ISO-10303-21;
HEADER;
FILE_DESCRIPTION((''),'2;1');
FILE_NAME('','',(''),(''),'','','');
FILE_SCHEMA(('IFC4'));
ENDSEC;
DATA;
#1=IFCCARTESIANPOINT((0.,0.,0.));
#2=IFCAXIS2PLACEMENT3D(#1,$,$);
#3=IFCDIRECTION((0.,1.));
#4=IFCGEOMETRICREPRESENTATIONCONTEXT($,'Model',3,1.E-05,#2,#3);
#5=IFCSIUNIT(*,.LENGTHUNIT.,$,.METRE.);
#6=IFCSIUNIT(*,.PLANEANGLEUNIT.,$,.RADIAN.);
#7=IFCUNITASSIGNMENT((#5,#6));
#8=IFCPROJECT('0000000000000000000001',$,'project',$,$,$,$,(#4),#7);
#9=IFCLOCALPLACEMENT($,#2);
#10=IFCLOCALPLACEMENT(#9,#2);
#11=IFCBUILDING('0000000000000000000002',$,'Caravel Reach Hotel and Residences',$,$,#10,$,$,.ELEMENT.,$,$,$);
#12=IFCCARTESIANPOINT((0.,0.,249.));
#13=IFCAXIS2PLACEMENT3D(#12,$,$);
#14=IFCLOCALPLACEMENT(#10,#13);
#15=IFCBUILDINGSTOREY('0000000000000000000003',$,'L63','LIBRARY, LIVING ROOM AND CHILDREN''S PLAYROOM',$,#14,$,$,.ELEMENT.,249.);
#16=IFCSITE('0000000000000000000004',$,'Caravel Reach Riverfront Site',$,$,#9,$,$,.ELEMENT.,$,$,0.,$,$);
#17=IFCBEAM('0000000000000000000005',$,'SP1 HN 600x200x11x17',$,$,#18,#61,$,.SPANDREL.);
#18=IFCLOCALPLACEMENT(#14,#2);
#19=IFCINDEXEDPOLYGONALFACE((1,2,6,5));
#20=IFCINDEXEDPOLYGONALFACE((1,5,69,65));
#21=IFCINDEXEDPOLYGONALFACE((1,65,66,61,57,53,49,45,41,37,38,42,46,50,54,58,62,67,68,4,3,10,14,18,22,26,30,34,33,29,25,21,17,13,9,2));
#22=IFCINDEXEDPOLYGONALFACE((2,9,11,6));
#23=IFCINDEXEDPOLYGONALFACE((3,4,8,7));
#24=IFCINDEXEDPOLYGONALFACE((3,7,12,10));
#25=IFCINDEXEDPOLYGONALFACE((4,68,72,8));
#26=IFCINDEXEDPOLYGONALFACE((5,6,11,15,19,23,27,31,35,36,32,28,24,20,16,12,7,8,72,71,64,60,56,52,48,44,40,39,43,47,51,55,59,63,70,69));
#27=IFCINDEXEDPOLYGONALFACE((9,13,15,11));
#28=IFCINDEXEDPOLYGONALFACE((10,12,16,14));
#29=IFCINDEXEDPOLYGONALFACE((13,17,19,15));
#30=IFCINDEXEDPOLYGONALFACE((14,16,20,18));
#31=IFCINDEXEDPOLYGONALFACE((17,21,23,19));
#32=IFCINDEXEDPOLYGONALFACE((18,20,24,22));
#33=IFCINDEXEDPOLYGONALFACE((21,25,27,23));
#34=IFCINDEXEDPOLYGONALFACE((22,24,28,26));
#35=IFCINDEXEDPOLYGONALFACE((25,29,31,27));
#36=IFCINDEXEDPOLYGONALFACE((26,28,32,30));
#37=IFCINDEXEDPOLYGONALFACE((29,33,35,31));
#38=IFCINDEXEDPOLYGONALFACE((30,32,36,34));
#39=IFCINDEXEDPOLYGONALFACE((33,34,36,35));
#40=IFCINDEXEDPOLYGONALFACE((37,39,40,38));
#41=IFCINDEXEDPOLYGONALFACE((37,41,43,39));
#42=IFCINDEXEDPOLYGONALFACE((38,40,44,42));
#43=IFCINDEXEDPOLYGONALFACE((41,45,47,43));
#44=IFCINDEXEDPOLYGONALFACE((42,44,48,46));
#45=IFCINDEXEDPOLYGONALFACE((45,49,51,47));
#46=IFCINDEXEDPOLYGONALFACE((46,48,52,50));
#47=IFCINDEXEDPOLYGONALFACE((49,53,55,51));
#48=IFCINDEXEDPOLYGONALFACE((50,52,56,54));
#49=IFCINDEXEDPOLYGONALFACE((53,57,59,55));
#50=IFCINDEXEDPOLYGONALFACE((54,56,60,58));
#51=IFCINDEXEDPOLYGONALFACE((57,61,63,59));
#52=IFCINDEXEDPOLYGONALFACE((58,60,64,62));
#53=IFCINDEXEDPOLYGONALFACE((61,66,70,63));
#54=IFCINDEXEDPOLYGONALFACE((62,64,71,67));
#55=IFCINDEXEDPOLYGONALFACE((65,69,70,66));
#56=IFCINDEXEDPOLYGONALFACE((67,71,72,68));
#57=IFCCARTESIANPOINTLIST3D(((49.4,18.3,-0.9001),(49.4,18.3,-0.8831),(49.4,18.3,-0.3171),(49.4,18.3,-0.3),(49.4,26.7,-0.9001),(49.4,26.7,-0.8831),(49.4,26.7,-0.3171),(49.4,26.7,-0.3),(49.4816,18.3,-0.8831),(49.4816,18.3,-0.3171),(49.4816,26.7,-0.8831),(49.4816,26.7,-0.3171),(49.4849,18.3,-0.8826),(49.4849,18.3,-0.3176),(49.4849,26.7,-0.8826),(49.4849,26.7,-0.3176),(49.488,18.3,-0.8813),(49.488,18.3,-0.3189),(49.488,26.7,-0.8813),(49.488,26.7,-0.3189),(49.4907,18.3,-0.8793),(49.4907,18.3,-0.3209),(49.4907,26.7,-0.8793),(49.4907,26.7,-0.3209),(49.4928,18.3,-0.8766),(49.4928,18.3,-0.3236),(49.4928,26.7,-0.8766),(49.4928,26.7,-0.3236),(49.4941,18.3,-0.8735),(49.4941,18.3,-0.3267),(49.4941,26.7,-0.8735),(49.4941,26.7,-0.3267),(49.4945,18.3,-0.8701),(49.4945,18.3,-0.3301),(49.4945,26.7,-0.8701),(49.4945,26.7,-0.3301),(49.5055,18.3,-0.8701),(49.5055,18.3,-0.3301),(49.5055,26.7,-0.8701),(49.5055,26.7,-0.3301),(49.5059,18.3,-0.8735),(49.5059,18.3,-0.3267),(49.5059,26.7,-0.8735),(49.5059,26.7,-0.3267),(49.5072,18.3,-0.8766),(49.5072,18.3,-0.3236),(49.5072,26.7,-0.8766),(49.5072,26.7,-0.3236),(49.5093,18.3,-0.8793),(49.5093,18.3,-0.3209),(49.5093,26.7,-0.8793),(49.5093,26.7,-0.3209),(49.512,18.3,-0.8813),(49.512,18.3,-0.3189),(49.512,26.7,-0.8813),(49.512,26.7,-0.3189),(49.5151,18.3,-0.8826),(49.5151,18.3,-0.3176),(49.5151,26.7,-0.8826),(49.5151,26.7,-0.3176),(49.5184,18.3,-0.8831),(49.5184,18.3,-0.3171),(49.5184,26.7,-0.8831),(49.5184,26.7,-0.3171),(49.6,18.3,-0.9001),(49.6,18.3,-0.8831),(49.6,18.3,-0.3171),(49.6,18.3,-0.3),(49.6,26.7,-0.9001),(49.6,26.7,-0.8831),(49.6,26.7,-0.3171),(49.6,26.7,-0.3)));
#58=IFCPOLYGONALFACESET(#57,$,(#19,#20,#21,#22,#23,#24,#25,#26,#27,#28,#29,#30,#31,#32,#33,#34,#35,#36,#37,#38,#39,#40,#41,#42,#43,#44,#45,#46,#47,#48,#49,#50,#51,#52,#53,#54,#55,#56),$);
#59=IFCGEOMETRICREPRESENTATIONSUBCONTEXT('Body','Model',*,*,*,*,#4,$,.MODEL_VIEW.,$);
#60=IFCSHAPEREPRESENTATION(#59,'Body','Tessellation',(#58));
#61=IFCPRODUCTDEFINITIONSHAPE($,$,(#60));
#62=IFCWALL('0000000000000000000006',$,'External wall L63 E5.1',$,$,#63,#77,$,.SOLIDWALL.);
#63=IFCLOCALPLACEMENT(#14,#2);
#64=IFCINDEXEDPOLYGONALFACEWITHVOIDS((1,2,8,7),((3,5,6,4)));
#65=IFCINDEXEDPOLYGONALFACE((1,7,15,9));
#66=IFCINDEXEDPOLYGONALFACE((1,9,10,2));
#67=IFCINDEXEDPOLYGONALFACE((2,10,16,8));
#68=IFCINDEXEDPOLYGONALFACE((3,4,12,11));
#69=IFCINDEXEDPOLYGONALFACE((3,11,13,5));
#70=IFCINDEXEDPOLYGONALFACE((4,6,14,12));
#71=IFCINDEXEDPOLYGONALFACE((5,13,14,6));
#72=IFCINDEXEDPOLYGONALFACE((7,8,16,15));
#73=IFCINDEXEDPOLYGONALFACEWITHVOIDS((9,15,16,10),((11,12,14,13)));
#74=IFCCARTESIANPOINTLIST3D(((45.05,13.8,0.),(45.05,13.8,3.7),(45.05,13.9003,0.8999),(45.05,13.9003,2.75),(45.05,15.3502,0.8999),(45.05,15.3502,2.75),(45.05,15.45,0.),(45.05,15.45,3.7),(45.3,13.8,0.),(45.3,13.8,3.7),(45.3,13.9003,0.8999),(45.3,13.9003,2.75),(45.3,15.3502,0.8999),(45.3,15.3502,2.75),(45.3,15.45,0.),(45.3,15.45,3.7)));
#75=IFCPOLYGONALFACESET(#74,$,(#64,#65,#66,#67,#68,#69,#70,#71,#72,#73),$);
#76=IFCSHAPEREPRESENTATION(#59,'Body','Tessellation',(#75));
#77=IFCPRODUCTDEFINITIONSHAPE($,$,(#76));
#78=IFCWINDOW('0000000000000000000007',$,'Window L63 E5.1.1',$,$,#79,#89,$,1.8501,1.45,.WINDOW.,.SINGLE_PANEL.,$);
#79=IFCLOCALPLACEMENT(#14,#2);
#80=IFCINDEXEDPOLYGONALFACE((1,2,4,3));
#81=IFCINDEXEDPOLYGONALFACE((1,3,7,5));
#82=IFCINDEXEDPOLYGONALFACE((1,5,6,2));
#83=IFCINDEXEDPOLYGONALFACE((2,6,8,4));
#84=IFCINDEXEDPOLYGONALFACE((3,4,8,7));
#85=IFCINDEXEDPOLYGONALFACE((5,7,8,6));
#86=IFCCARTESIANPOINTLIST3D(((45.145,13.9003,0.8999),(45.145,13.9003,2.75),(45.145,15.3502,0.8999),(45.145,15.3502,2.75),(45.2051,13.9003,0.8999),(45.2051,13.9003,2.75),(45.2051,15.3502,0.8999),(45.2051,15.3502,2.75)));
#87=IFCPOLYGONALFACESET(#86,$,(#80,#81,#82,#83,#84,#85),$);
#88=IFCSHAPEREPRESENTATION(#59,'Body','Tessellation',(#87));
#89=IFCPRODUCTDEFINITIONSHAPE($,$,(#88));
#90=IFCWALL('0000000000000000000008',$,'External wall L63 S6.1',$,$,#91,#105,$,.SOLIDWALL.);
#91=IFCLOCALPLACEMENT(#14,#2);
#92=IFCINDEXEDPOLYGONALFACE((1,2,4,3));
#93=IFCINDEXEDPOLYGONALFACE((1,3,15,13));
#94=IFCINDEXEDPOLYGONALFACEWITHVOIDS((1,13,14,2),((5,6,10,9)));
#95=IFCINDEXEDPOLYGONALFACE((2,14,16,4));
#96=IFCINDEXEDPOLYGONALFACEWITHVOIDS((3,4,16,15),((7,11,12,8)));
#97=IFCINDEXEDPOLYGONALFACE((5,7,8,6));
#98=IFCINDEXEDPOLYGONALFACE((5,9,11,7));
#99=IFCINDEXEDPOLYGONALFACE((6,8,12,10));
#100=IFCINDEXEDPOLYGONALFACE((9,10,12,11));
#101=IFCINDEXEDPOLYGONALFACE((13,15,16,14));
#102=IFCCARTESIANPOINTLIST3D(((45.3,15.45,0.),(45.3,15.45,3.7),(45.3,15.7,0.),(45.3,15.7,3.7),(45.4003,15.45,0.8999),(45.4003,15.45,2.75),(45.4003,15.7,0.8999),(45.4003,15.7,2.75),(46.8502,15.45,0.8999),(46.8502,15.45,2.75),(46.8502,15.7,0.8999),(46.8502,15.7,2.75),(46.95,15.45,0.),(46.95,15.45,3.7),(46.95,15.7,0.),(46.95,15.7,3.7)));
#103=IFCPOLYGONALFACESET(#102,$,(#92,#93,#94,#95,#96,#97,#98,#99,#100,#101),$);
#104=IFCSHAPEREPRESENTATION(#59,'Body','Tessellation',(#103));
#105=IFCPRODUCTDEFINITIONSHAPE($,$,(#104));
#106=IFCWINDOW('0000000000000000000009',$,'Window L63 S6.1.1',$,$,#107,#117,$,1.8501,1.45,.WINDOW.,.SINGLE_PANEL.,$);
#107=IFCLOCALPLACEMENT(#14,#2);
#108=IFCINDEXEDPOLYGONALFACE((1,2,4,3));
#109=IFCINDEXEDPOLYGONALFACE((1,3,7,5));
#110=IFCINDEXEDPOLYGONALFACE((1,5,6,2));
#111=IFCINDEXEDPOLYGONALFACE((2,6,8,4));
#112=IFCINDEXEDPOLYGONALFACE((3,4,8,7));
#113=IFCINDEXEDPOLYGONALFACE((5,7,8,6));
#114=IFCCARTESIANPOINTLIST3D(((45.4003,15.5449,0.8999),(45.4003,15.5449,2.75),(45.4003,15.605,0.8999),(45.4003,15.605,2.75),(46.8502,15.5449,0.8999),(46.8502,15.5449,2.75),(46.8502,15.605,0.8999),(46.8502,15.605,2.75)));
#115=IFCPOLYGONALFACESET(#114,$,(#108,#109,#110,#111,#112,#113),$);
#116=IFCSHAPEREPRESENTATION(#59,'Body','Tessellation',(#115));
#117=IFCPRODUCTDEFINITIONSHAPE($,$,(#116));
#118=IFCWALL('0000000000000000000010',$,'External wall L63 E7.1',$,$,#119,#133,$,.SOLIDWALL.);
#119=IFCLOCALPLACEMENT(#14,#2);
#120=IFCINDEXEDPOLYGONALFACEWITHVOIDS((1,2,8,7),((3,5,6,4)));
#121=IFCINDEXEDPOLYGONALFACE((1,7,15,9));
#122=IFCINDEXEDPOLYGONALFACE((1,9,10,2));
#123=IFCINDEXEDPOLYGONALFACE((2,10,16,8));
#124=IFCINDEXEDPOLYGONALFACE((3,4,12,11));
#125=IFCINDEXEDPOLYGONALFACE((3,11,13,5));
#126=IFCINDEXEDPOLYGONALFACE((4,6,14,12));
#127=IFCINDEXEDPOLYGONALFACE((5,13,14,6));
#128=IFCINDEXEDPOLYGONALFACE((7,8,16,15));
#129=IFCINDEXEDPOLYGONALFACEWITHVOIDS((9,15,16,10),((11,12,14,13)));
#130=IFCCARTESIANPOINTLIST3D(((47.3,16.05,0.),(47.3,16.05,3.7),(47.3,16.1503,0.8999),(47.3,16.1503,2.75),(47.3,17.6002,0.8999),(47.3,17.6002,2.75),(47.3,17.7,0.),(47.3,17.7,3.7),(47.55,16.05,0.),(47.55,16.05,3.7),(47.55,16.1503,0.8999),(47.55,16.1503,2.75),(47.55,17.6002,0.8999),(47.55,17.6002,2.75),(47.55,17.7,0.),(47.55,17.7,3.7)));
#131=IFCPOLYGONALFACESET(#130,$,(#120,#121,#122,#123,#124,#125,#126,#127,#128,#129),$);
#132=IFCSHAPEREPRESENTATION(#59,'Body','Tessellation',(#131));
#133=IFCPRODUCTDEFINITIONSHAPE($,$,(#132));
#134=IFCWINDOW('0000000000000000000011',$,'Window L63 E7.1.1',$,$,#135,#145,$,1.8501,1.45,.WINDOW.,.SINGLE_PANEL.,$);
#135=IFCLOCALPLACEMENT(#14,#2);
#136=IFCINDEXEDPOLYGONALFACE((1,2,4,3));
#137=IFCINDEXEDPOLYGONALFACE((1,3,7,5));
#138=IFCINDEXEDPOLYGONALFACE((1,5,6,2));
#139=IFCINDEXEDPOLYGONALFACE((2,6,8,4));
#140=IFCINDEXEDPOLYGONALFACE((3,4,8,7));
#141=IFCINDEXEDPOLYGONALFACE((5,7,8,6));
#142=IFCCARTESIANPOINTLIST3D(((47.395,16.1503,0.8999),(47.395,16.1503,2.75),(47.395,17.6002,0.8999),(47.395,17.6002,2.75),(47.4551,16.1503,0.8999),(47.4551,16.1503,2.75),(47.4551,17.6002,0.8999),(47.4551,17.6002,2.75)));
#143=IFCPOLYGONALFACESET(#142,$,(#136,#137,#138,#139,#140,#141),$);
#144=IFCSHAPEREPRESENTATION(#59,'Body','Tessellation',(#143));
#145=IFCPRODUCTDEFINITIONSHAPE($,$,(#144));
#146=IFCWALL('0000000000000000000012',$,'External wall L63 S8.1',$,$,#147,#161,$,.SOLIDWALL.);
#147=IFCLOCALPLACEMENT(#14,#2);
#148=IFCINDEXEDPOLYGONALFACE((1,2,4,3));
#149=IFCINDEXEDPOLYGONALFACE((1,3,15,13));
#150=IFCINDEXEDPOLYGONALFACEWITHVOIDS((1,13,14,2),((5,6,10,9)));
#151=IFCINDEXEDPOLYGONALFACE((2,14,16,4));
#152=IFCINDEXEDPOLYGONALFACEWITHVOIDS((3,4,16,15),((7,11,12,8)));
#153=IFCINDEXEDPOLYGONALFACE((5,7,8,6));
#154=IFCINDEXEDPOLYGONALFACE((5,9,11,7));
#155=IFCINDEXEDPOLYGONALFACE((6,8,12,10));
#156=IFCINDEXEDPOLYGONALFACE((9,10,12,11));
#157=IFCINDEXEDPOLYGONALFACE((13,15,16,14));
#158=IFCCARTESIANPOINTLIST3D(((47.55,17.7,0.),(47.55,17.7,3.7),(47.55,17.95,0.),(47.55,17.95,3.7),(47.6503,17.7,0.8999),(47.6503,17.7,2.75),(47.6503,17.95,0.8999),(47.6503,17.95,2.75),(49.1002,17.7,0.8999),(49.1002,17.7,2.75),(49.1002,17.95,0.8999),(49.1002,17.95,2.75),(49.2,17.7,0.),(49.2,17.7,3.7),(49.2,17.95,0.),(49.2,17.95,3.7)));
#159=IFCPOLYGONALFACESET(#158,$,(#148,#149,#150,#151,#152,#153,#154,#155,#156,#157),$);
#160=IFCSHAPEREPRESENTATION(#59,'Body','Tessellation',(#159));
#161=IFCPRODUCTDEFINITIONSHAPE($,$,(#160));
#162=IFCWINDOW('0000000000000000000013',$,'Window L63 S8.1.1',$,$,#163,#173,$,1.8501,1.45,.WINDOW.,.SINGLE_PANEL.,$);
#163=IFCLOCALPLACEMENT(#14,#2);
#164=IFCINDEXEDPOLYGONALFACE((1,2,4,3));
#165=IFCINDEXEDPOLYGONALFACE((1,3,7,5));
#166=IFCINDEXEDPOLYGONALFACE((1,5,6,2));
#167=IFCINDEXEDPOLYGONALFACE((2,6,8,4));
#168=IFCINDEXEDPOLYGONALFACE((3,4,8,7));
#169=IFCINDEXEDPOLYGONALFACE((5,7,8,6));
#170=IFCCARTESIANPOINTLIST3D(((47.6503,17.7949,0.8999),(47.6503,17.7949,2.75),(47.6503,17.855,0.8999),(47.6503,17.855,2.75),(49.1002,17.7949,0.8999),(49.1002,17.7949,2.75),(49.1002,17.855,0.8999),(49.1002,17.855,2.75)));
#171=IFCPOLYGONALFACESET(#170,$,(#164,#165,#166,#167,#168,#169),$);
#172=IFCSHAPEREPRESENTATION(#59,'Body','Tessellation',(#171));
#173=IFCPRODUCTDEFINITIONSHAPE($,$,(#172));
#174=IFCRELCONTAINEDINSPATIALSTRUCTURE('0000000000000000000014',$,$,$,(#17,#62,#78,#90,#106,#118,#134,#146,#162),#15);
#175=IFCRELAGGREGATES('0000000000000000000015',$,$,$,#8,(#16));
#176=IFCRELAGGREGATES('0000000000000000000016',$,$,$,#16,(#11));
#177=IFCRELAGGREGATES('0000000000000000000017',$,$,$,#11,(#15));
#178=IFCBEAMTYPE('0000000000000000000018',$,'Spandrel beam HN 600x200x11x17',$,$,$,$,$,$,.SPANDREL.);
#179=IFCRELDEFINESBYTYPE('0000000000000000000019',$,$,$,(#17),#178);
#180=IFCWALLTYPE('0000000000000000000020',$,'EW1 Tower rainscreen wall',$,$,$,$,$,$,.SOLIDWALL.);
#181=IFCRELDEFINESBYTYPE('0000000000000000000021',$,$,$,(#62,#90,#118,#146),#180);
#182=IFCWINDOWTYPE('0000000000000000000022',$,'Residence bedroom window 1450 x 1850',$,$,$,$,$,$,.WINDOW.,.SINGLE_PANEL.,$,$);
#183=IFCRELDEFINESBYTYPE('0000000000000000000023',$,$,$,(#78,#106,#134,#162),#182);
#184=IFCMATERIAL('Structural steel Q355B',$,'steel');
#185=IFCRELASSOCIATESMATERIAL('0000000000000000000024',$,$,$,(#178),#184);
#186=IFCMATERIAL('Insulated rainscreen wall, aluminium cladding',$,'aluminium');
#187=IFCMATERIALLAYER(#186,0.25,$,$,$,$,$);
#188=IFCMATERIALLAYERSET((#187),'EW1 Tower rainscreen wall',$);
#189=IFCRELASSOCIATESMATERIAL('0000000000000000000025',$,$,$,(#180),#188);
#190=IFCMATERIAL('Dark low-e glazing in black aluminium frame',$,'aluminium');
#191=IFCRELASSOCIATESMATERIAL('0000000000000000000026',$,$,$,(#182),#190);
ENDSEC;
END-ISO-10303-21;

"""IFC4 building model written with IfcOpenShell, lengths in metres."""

from ifc_helpers import new_model, si_unit, direction, frame, frame_2d, origin, origin_2d, place, context, subcontext, project, spatial, rectangle, i_section, extrude, material, layer, layer_set, material_profile, profile_set, type_object, element, fill, save


model = new_model("IFC4")

# Units and contexts
model_context = context("Model", 3, precision=1e-05, world=origin(), true_north=direction((0.0, 1.0)))
body_context = subcontext(model_context, "Body", "Model", "MODEL_VIEW")
ifc_project = project(units=[si_unit("LENGTHUNIT", "METRE"), si_unit("PLANEANGLEUNIT", "RADIAN")], contexts=[model_context])

# Site, building, storey
site_placement = place(None, origin())
site = spatial("IfcSite", under=ifc_project, at=site_placement, Name="Caravel Reach Riverfront Site", CompositionType="ELEMENT", RefElevation=0.0)
building_placement = place(site_placement, origin())
building = spatial("IfcBuilding", under=site, at=building_placement, Name="Caravel Reach Hotel and Residences", CompositionType="ELEMENT")
storey_placement = place(building_placement, frame((0.0, 0.0, 249.0)))
storey = spatial("IfcBuildingStorey", under=building, at=storey_placement, Name="L63", Description="LIBRARY, LIVING ROOM AND CHILDREN'S PLAYROOM", CompositionType="ELEMENT", Elevation=249.0)

# Beam
ifc_material_1 = material(Name="Structural steel Q355B", Category="steel")
ifc_material_profile_1 = material_profile(ifc_material_1, i_section(OverallWidth=0.2, OverallDepth=0.6001, WebThickness=0.011, FlangeThickness=0.0171, FilletRadius=0.0129, at=origin_2d()), Name="HN 600x200x11x17")
ifc_profile_set_1 = profile_set([ifc_material_profile_1], Name="Structural steel Q355B")
beam_type = type_object("IfcBeamType", Name="Spandrel beam HN 600x200x11x17", PredefinedType="SPANDREL", material=ifc_profile_set_1)
beam_placement = place(storey_placement, frame((49.5, 18.3, -0.6001), z_axis=(0.0, 1.0, 0.0), x_axis=(-1.0, 0.0, 0.0)))
element("IfcBeam", 1, at=beam_placement, inside=storey, type_object=beam_type, Name="SP1 HN 600x200x11x17", PredefinedType="SPANDREL", context=body_context, shape_type="SweptSolid", body=[
    extrude(i_section(OverallWidth=0.2, OverallDepth=0.6001, WebThickness=0.011, FlangeThickness=0.0171, FilletRadius=0.0129, at=origin_2d()), origin(), (0.0, 0.0, 1.0), 8.3999),
])

# Walls, openings, windows
ifc_material_2 = material(Name="Insulated rainscreen wall, aluminium cladding", Category="aluminium")
ifc_layer = layer(ifc_material_2, 0.25)
ifc_layer_set = layer_set([ifc_layer], Name="EW1 Tower rainscreen wall")
wall_type = type_object("IfcWallType", Name="EW1 Tower rainscreen wall", PredefinedType="SOLIDWALL", material=ifc_layer_set)
wall_1_placement = place(storey_placement, frame((45.175, 13.8, 0.0), z_axis=(0.0, 0.0, 1.0), x_axis=(0.0, 1.0, 0.0)))
wall_1 = element("IfcWall", 2, at=wall_1_placement, inside=storey, type_object=wall_type, Name="External wall L63 E5.1", PredefinedType="SOLIDWALL", context=body_context, shape_type="SweptSolid", body=[
    extrude(rectangle(XDim=1.6499, YDim=0.25, at=frame_2d((0.825, 0.0))), origin(), (0.0, 0.0, 1.0), 3.7),
])
opening_1_placement = place(wall_1_placement, frame((0.1001, 0.0, 0.8999)))
opening_1 = element("IfcOpeningElement", 3, at=opening_1_placement, cuts=wall_1, PredefinedType="OPENING", context=body_context, shape_type="SweptSolid", body=[
    extrude(rectangle(XDim=1.45, YDim=1.8501, at=frame_2d((0.7251, 0.925))), frame((0.0, 0.135, 0.0), z_axis=(0.0, -1.0, 0.0), x_axis=(1.0, 0.0, 0.0)), (0.0, 0.0, 1.0), 0.27),
])
ifc_material_3 = material(Name="Dark low-e glazing in black aluminium frame", Category="aluminium")
window_type_1 = type_object("IfcWindowType", Name="Residence bedroom window 1450 x 1850", PartitioningType="SINGLE_PANEL", PredefinedType="WINDOW", material=ifc_material_3)
window_1_placement = place(opening_1_placement, origin())
window_1 = element("IfcWindow", 4, at=window_1_placement, inside=storey, type_object=window_type_1, Name="Window L63 E5.1.1", OverallHeight=1.8501, OverallWidth=1.45, PartitioningType="SINGLE_PANEL", PredefinedType="WINDOW", context=body_context, shape_type="SweptSolid", body=[
    extrude(rectangle(XDim=1.45, YDim=1.8501, at=frame_2d((0.7251, 0.925))), frame((0.0, 0.03, 0.0), z_axis=(0.0, -1.0, 0.0), x_axis=(1.0, 0.0, 0.0)), (0.0, 0.0, 1.0), 0.0601),
])
fill(opening_1, window_1)
wall_2_placement = place(storey_placement, frame((45.3, 15.575, 0.0), z_axis=(0.0, 0.0, 1.0), x_axis=(1.0, 0.0, 0.0)))
wall_2 = element("IfcWall", 5, at=wall_2_placement, inside=storey, type_object=wall_type, Name="External wall L63 S6.1", PredefinedType="SOLIDWALL", context=body_context, shape_type="SweptSolid", body=[
    extrude(rectangle(XDim=1.6499, YDim=0.25, at=frame_2d((0.825, 0.0))), origin(), (0.0, 0.0, 1.0), 3.7),
])
opening_2_placement = place(wall_2_placement, frame((0.1001, 0.0, 0.8999)))
opening_2 = element("IfcOpeningElement", 6, at=opening_2_placement, cuts=wall_2, PredefinedType="OPENING", context=body_context, shape_type="SweptSolid", body=[
    extrude(rectangle(XDim=1.45, YDim=1.8501, at=frame_2d((0.7251, 0.925))), frame((0.0, 0.135, 0.0), z_axis=(0.0, -1.0, 0.0), x_axis=(1.0, 0.0, 0.0)), (0.0, 0.0, 1.0), 0.27),
])
window_2_placement = place(opening_2_placement, origin())
window_2 = element("IfcWindow", 7, at=window_2_placement, inside=storey, type_object=window_type_1, Name="Window L63 S6.1.1", OverallHeight=1.8501, OverallWidth=1.45, PartitioningType="SINGLE_PANEL", PredefinedType="WINDOW", context=body_context, shape_type="SweptSolid", body=[
    extrude(rectangle(XDim=1.45, YDim=1.8501, at=frame_2d((0.7251, 0.925))), frame((0.0, 0.03, 0.0), z_axis=(0.0, -1.0, 0.0), x_axis=(1.0, 0.0, 0.0)), (0.0, 0.0, 1.0), 0.0601),
])
fill(opening_2, window_2)
wall_3_placement = place(storey_placement, frame((47.425, 16.05, 0.0), z_axis=(0.0, 0.0, 1.0), x_axis=(0.0, 1.0, 0.0)))
wall_3 = element("IfcWall", 8, at=wall_3_placement, inside=storey, type_object=wall_type, Name="External wall L63 E7.1", PredefinedType="SOLIDWALL", context=body_context, shape_type="SweptSolid", body=[
    extrude(rectangle(XDim=1.6499, YDim=0.25, at=frame_2d((0.825, 0.0))), origin(), (0.0, 0.0, 1.0), 3.7),
])
opening_3_placement = place(wall_3_placement, frame((0.1001, 0.0, 0.8999)))
opening_3 = element("IfcOpeningElement", 9, at=opening_3_placement, cuts=wall_3, PredefinedType="OPENING", context=body_context, shape_type="SweptSolid", body=[
    extrude(rectangle(XDim=1.45, YDim=1.8501, at=frame_2d((0.7251, 0.925))), frame((0.0, 0.135, 0.0), z_axis=(0.0, -1.0, 0.0), x_axis=(1.0, 0.0, 0.0)), (0.0, 0.0, 1.0), 0.27),
])
window_3_placement = place(opening_3_placement, origin())
window_3 = element("IfcWindow", 10, at=window_3_placement, inside=storey, type_object=window_type_1, Name="Window L63 E7.1.1", OverallHeight=1.8501, OverallWidth=1.45, PartitioningType="SINGLE_PANEL", PredefinedType="WINDOW", context=body_context, shape_type="SweptSolid", body=[
    extrude(rectangle(XDim=1.45, YDim=1.8501, at=frame_2d((0.7251, 0.925))), frame((0.0, 0.03, 0.0), z_axis=(0.0, -1.0, 0.0), x_axis=(1.0, 0.0, 0.0)), (0.0, 0.0, 1.0), 0.0601),
])
fill(opening_3, window_3)
wall_4_placement = place(storey_placement, frame((47.55, 17.825, 0.0), z_axis=(0.0, 0.0, 1.0), x_axis=(1.0, 0.0, 0.0)))
wall_4 = element("IfcWall", 11, at=wall_4_placement, inside=storey, type_object=wall_type, Name="External wall L63 S8.1", PredefinedType="SOLIDWALL", context=body_context, shape_type="SweptSolid", body=[
    extrude(rectangle(XDim=1.6499, YDim=0.25, at=frame_2d((0.825, 0.0))), origin(), (0.0, 0.0, 1.0), 3.7),
])
opening_4_placement = place(wall_4_placement, frame((0.1001, 0.0, 0.8999)))
opening_4 = element("IfcOpeningElement", 12, at=opening_4_placement, cuts=wall_4, PredefinedType="OPENING", context=body_context, shape_type="SweptSolid", body=[
    extrude(rectangle(XDim=1.45, YDim=1.8501, at=frame_2d((0.7251, 0.925))), frame((0.0, 0.135, 0.0), z_axis=(0.0, -1.0, 0.0), x_axis=(1.0, 0.0, 0.0)), (0.0, 0.0, 1.0), 0.27),
])
window_4_placement = place(opening_4_placement, origin())
window_4 = element("IfcWindow", 13, at=window_4_placement, inside=storey, type_object=window_type_1, Name="Window L63 S8.1.1", OverallHeight=1.8501, OverallWidth=1.45, PartitioningType="SINGLE_PANEL", PredefinedType="WINDOW", context=body_context, shape_type="SweptSolid", body=[
    extrude(rectangle(XDim=1.45, YDim=1.8501, at=frame_2d((0.7251, 0.925))), frame((0.0, 0.03, 0.0), z_axis=(0.0, -1.0, 0.0), x_axis=(1.0, 0.0, 0.0)), (0.0, 0.0, 1.0), 0.0601),
])
fill(opening_4, window_4)

save(model, "model.ifc")
